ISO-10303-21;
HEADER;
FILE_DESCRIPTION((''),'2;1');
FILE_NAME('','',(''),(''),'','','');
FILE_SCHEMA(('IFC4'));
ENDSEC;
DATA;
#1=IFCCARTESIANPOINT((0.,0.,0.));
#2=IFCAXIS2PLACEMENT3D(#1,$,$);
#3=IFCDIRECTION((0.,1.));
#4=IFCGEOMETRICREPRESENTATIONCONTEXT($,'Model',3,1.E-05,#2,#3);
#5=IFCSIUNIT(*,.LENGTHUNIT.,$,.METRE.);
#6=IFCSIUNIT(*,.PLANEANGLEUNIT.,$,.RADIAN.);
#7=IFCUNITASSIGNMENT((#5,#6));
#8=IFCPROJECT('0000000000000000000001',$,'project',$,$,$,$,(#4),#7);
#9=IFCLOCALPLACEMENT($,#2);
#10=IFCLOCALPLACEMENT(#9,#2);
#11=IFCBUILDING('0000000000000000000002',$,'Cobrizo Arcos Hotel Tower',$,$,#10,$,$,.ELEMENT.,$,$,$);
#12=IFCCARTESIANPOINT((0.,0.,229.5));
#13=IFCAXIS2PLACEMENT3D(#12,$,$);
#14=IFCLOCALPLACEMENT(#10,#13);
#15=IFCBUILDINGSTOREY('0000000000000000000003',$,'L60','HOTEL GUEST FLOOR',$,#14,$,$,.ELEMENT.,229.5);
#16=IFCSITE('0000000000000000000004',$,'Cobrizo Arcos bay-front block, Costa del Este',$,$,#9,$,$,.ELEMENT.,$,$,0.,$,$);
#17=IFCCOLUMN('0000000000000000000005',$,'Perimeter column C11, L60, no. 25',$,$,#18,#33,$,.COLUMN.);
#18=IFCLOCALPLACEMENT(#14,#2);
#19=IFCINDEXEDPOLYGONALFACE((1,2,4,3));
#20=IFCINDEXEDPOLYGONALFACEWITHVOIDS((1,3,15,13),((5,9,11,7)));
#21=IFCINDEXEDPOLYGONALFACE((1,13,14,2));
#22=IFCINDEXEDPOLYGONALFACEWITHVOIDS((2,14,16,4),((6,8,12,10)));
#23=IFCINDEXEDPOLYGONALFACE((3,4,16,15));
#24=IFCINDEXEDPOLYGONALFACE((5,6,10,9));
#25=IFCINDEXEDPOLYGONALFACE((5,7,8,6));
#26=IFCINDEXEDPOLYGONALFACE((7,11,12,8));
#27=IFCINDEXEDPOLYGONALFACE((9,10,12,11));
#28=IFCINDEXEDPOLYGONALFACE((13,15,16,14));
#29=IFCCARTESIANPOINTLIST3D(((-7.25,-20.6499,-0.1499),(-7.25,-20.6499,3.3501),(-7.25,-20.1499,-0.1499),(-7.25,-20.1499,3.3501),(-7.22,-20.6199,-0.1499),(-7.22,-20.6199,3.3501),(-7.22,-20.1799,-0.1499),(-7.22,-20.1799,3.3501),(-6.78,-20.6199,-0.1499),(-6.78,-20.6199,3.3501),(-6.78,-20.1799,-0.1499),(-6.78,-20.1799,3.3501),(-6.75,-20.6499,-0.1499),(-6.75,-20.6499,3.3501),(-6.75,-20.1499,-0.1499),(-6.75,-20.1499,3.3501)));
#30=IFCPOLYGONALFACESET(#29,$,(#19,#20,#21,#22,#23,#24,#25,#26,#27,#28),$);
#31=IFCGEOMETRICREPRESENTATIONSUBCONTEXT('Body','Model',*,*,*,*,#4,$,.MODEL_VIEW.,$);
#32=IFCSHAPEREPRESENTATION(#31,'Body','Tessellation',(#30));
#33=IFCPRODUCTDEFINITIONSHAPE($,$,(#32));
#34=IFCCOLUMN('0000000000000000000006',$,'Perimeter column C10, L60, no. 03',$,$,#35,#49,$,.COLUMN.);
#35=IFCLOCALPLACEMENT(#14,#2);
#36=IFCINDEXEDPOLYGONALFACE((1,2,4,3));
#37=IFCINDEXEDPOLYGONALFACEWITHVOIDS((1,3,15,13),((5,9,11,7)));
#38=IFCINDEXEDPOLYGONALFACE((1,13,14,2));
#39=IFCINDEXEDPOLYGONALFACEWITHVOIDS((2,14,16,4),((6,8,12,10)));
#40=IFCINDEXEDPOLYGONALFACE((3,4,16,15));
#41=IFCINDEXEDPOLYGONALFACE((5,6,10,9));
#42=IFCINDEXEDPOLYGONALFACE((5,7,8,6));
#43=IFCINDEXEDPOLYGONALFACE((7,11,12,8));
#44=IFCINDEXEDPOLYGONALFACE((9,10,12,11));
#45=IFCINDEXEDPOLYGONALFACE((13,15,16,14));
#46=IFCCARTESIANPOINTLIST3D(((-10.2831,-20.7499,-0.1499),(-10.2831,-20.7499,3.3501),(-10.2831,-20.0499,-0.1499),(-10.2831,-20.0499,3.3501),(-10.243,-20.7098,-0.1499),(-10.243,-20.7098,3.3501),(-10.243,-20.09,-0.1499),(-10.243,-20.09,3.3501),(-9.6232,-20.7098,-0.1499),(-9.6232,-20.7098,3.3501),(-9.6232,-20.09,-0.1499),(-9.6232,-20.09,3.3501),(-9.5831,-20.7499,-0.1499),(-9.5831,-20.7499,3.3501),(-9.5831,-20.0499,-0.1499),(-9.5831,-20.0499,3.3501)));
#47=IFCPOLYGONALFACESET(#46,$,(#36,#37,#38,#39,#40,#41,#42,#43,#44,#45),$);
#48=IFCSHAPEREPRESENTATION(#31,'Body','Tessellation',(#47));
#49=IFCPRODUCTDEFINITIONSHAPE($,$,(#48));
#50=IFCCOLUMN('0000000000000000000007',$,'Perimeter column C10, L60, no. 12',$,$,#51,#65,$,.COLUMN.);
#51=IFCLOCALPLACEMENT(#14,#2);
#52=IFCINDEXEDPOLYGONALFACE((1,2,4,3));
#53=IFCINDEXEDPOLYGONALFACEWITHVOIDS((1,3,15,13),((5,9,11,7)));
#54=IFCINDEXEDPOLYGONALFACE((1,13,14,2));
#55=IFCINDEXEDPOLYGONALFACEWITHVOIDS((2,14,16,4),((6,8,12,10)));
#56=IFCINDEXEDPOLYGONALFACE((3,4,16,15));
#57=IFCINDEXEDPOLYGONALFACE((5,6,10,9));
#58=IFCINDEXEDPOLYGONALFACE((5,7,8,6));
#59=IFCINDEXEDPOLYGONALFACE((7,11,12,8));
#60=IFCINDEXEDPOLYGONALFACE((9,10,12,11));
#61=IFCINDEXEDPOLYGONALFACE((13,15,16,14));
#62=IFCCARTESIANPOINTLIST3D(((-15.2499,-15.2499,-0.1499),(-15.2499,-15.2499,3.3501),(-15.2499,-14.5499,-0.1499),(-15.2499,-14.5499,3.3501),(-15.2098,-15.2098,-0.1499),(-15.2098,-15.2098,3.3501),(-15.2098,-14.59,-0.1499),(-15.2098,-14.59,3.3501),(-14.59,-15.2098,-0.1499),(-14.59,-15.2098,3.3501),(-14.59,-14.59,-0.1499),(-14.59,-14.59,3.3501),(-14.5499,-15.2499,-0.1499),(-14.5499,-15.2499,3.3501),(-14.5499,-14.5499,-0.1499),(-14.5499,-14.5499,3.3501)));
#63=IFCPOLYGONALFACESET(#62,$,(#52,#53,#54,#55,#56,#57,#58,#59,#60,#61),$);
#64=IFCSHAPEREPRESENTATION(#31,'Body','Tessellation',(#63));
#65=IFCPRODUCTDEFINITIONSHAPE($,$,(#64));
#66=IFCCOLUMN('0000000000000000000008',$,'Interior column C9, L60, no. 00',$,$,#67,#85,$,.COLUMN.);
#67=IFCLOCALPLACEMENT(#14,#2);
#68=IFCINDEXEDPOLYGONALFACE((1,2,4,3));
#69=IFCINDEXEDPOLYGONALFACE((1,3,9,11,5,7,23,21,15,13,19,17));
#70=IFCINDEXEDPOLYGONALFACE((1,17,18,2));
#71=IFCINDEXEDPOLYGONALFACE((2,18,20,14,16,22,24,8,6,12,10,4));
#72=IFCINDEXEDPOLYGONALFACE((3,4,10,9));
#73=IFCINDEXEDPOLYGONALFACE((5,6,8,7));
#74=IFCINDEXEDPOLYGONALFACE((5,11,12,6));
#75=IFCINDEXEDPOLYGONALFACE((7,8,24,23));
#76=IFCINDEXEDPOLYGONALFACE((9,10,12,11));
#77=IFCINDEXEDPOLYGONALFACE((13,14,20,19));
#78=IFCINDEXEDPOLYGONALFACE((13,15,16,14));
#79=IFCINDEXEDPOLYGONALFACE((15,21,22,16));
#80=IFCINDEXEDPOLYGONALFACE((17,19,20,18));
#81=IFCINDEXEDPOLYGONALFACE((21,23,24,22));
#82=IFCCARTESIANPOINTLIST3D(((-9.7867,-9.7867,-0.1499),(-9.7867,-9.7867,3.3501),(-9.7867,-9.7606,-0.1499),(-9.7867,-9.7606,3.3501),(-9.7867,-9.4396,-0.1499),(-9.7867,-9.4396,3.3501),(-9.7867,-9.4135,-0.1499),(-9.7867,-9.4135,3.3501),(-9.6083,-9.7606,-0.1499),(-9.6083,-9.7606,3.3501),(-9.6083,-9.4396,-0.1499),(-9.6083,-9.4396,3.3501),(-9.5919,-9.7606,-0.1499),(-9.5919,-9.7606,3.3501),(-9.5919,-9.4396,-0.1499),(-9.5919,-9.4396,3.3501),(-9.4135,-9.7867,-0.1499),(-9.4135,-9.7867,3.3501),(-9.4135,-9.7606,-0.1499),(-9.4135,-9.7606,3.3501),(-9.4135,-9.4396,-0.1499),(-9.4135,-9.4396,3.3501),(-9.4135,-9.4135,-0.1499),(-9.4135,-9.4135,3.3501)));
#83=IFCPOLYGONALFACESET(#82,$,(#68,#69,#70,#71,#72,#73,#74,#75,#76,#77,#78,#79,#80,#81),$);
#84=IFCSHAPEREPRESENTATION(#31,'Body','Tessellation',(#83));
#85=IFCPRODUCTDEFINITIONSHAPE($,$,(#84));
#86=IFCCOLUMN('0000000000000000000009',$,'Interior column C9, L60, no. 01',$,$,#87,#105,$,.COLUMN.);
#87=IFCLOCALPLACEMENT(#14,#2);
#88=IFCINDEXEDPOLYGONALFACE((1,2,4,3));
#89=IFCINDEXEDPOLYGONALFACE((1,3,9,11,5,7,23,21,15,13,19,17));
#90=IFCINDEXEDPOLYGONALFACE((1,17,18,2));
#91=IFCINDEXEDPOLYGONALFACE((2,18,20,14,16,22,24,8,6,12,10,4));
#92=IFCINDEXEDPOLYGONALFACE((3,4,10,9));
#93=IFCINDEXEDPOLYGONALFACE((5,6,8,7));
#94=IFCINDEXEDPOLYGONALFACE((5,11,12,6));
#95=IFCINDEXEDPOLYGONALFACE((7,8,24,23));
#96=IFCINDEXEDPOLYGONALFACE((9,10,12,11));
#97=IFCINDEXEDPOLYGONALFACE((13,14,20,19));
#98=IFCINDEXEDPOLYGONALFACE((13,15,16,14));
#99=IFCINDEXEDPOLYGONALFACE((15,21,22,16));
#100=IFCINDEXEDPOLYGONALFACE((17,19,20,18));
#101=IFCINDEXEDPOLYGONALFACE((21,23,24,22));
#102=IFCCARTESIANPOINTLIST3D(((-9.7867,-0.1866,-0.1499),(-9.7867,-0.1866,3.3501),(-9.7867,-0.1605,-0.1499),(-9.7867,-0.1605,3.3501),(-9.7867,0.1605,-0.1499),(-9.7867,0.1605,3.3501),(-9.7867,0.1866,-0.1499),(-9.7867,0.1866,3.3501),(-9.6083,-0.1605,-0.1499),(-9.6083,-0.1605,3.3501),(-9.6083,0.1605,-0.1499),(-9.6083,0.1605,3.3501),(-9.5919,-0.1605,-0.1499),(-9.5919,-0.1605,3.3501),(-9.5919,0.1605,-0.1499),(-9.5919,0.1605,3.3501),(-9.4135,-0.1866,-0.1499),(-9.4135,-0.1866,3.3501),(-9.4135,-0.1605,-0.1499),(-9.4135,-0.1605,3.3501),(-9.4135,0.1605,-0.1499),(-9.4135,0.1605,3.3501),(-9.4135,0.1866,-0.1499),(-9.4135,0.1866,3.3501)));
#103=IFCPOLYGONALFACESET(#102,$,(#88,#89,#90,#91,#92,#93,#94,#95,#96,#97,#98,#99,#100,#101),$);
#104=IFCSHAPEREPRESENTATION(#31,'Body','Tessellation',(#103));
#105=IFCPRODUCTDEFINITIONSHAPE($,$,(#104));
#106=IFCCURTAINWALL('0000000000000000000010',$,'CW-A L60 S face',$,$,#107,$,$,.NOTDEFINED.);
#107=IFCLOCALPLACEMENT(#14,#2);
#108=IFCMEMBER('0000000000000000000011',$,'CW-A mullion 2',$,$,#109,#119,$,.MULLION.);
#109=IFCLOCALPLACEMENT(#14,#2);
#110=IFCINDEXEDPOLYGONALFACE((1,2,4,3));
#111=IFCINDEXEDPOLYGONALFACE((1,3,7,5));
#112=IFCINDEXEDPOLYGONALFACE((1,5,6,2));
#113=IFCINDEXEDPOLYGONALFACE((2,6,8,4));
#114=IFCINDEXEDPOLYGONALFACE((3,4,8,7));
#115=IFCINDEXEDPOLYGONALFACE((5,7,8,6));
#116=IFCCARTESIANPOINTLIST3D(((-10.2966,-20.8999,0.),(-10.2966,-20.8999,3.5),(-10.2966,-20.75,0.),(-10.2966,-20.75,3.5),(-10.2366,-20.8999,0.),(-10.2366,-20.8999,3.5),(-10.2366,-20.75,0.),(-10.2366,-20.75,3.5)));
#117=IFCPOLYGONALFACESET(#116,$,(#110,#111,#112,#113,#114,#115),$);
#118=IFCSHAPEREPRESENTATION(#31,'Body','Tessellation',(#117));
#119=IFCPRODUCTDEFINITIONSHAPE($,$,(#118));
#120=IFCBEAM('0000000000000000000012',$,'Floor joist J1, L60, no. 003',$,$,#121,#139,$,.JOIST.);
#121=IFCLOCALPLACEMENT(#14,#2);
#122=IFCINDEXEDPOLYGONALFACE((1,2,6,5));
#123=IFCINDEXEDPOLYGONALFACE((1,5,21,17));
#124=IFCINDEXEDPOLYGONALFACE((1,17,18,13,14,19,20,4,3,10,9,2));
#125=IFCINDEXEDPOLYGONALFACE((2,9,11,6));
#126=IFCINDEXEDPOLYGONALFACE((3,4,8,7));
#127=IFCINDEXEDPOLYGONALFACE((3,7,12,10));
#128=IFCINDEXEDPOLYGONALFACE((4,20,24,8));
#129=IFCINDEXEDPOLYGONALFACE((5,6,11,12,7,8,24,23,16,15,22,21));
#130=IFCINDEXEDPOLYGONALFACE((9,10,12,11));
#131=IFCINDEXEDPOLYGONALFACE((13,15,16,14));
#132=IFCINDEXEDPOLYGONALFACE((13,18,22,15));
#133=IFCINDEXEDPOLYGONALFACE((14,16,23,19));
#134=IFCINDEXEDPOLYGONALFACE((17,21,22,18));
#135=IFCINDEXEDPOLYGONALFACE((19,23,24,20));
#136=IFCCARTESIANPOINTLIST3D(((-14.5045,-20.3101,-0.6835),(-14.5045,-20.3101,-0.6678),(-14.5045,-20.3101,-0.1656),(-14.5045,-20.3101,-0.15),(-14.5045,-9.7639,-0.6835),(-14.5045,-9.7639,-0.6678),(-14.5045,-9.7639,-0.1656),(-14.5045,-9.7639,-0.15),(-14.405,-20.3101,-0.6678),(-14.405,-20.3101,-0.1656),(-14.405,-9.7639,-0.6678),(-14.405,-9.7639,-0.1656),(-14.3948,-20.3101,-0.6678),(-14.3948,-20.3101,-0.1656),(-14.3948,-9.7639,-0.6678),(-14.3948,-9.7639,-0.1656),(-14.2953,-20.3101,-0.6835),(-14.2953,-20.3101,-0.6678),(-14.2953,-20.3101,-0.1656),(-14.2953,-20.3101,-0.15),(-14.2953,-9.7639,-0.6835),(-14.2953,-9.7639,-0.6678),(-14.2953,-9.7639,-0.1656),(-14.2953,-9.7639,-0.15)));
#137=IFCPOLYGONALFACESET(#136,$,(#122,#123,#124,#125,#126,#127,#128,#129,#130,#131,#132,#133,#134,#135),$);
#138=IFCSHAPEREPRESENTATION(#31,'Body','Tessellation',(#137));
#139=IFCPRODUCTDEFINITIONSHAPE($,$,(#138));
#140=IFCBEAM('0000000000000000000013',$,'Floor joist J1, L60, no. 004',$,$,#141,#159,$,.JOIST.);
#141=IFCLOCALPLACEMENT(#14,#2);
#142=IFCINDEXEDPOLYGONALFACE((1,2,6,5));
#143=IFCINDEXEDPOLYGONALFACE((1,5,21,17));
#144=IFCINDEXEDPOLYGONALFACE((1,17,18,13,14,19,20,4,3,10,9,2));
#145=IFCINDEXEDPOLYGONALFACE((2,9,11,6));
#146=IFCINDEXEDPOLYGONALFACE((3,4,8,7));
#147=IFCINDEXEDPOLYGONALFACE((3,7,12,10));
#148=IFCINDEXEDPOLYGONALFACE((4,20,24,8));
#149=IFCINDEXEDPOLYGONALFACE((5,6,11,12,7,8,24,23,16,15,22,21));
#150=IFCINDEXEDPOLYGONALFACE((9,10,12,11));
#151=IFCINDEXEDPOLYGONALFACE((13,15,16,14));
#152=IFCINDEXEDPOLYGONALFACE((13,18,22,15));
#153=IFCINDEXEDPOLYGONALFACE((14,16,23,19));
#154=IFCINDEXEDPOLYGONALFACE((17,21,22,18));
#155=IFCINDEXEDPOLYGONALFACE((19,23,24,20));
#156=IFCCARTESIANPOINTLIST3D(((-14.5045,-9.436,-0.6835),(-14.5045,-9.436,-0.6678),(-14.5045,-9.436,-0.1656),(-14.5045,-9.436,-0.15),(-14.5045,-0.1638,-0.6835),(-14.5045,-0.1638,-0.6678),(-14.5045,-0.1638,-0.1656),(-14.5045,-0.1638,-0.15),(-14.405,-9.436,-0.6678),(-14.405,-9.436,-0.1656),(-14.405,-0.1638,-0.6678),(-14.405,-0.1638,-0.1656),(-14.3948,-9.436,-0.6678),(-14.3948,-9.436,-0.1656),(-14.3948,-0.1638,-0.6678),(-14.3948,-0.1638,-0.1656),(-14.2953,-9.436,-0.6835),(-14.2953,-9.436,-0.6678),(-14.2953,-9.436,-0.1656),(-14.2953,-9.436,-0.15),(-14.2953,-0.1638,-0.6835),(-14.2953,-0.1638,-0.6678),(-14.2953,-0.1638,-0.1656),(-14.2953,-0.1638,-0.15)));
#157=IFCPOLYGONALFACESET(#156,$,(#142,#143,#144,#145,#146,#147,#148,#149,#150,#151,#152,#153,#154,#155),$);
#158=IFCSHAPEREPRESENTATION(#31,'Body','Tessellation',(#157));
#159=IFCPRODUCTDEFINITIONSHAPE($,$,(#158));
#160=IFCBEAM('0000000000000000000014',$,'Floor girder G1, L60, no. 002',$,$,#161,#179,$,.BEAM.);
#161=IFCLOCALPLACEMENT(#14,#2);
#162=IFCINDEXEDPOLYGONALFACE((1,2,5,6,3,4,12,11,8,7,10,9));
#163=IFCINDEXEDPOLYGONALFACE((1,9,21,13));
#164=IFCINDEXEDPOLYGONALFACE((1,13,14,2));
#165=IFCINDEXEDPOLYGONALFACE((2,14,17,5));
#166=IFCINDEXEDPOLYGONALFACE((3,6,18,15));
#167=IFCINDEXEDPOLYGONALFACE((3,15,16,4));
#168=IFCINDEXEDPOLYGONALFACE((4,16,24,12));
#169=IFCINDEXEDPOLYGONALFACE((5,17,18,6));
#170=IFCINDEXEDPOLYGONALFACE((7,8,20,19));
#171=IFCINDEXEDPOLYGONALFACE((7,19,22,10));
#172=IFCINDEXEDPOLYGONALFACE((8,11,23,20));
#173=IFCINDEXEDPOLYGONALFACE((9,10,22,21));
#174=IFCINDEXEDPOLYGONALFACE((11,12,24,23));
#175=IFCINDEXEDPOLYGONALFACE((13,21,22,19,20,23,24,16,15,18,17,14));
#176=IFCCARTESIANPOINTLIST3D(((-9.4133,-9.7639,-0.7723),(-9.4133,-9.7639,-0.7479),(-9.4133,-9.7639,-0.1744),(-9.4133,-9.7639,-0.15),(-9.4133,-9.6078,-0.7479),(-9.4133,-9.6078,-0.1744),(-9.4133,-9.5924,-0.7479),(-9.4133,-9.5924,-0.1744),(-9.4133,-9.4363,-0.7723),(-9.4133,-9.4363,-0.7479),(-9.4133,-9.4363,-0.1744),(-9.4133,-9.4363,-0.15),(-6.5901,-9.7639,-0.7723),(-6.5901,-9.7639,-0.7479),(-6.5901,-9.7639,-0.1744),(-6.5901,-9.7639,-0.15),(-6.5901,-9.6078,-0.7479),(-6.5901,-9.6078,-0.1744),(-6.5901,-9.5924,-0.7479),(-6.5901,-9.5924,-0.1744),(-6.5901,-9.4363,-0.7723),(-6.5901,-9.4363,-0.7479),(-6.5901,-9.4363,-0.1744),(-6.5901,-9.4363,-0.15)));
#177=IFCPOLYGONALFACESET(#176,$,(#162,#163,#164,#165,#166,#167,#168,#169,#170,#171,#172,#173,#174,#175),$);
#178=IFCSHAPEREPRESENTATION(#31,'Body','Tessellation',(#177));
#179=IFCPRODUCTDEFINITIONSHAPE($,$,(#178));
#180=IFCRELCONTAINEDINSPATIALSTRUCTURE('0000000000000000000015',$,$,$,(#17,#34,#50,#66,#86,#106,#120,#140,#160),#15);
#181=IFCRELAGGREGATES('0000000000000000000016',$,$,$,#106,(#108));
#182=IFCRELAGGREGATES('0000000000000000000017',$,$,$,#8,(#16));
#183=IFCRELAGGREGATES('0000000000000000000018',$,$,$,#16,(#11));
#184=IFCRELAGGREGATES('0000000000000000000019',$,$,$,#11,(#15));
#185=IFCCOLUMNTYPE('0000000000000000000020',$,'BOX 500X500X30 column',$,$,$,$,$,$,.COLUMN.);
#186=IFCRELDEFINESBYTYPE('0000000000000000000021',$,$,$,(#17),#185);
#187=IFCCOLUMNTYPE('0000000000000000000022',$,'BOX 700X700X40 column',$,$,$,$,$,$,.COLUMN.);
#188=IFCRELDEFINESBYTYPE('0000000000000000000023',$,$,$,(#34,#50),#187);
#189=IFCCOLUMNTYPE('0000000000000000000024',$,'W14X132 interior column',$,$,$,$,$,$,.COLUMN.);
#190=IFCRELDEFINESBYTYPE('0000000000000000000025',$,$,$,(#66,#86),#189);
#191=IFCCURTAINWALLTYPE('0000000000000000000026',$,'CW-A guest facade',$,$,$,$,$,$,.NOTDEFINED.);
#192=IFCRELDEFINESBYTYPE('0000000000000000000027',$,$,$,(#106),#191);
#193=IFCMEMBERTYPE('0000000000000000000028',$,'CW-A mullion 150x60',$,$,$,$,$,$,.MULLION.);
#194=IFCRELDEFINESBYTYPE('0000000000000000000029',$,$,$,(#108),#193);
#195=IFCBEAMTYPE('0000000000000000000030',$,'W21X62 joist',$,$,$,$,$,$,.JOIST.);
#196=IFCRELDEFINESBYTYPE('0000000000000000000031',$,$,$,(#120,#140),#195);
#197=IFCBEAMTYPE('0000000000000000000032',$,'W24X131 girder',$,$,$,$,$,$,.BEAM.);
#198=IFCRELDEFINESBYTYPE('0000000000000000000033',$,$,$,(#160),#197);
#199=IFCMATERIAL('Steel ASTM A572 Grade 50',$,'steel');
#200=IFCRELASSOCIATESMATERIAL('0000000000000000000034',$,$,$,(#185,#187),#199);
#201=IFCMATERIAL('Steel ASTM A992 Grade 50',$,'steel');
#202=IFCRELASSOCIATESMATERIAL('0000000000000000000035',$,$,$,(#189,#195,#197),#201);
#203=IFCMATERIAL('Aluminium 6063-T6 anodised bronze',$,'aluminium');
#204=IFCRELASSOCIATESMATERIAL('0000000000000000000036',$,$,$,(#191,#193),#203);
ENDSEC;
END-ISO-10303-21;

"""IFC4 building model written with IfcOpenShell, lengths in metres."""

from ifc_helpers import new_model, si_unit, direction, frame, origin, origin_2d, place, context, subcontext, project, spatial, rectangle, hollow_rectangle, i_section, extrude, material, material_profile, profile_set, type_object, element, aggregate, save


model = new_model("IFC4")

# Units and contexts
model_context = context("Model", 3, precision=1e-05, world=origin(), true_north=direction((0.0, 1.0)))
body_context = subcontext(model_context, "Body", "Model", "MODEL_VIEW")
ifc_project = project(units=[si_unit("LENGTHUNIT", "METRE"), si_unit("PLANEANGLEUNIT", "RADIAN")], contexts=[model_context])

# Site, building, storey
site_placement = place(None, origin())
site = spatial("IfcSite", under=ifc_project, at=site_placement, Name="Cobrizo Arcos bay-front block, Costa del Este", CompositionType="ELEMENT", RefElevation=0.0)
building_placement = place(site_placement, origin())
building = spatial("IfcBuilding", under=site, at=building_placement, Name="Cobrizo Arcos Hotel Tower", CompositionType="ELEMENT")
storey_placement = place(building_placement, frame((0.0, 0.0, 229.5)))
storey = spatial("IfcBuildingStorey", under=building, at=storey_placement, Name="L60", Description="HOTEL GUEST FLOOR", CompositionType="ELEMENT", Elevation=229.5)

# Columns
ifc_material_1 = material(Name="Steel ASTM A572 Grade 50", Category="steel")
ifc_material_profile_1 = material_profile(ifc_material_1, hollow_rectangle(XDim=0.5, YDim=0.5, WallThickness=0.03, at=origin_2d()), Name="BOX 500X500X30")
ifc_profile_set_1 = profile_set([ifc_material_profile_1], Name="Steel ASTM A572 Grade 50")
column_type_1 = type_object("IfcColumnType", Name="BOX 500X500X30 column", PredefinedType="COLUMN", material=ifc_profile_set_1)
column_placement = place(storey_placement, frame((-7.0, -20.3999, -0.1499), z_axis=(0.0, 0.0, 1.0), x_axis=(1.0, 0.0, 0.0)))
element("IfcColumn", 1, at=column_placement, inside=storey, type_object=column_type_1, Name="Perimeter column C11, L60, no. 25", PredefinedType="COLUMN", context=body_context, shape_type="SweptSolid", body=[
    extrude(hollow_rectangle(XDim=0.5, YDim=0.5, WallThickness=0.03, at=origin_2d()), origin(), (0.0, 0.0, 1.0), 3.5),
])
ifc_material_profile_2 = material_profile(ifc_material_1, hollow_rectangle(XDim=0.7, YDim=0.7, WallThickness=0.04, at=origin_2d()), Name="BOX 700X700X40")
ifc_profile_set_2 = profile_set([ifc_material_profile_2], Name="Steel ASTM A572 Grade 50")
column_type_2 = type_object("IfcColumnType", Name="BOX 700X700X40 column", PredefinedType="COLUMN", material=ifc_profile_set_2)
for number, where, z_axis, x_axis, name in (
    (2, (-9.9331, -20.3999, -0.1499), (0.0, 0.0, 1.0), (1.0, 0.0, 0.0), "Perimeter column C10, L60, no. 03"),
    (3, (-14.8999, -14.8999, -0.1499), (0.0, 0.0, 1.0), (1.0, 0.0, 0.0), "Perimeter column C10, L60, no. 12"),
):
    element("IfcColumn", number, at=place(storey_placement, frame(where, z_axis=z_axis, x_axis=x_axis)), inside=storey, type_object=column_type_2, Name=name, PredefinedType="COLUMN", context=body_context, shape_type="SweptSolid", body=[
        extrude(hollow_rectangle(XDim=0.7, YDim=0.7, WallThickness=0.04, at=origin_2d()), origin(), (0.0, 0.0, 1.0), 3.5),
    ])
ifc_material_2 = material(Name="Steel ASTM A992 Grade 50", Category="steel")
ifc_material_profile_3 = material_profile(ifc_material_2, i_section(OverallWidth=0.3733, OverallDepth=0.3733, WebThickness=0.0164, FlangeThickness=0.0261, at=origin_2d()), Name="W14X132")
ifc_profile_set_3 = profile_set([ifc_material_profile_3], Name="Steel ASTM A992 Grade 50")
column_type_3 = type_object("IfcColumnType", Name="W14X132 interior column", PredefinedType="COLUMN", material=ifc_profile_set_3)
for number, where, z_axis, x_axis, name in (
    (4, (-9.6001, -9.6001, -0.1499), (0.0, 0.0, 1.0), (1.0, 0.0, 0.0), "Interior column C9, L60, no. 00"),
    (5, (-9.6001, 0.0, -0.1499), (0.0, 0.0, 1.0), (1.0, 0.0, 0.0), "Interior column C9, L60, no. 01"),
):
    element("IfcColumn", number, at=place(storey_placement, frame(where, z_axis=z_axis, x_axis=x_axis)), inside=storey, type_object=column_type_3, Name=name, PredefinedType="COLUMN", context=body_context, shape_type="SweptSolid", body=[
        extrude(i_section(OverallWidth=0.3733, OverallDepth=0.3733, WebThickness=0.0164, FlangeThickness=0.0261, at=origin_2d()), origin(), (0.0, 0.0, 1.0), 3.5),
    ])

# Curtain wall, member
ifc_material_3 = material(Name="Aluminium 6063-T6 anodised bronze", Category="aluminium")
curtain_wall_type = type_object("IfcCurtainWallType", Name="CW-A guest facade", PredefinedType="NOTDEFINED", material=ifc_material_3)
curtain_wall_placement = place(storey_placement, origin())
curtain_wall = element("IfcCurtainWall", 6, at=curtain_wall_placement, inside=storey, type_object=curtain_wall_type, Name="CW-A L60 S face", PredefinedType="NOTDEFINED")
ifc_material_profile_4 = material_profile(ifc_material_3, rectangle(XDim=0.1499, YDim=0.0601, at=origin_2d()), Name="CW-A mullion 150x60")
ifc_profile_set_4 = profile_set([ifc_material_profile_4], Name="Aluminium 6063-T6 anodised bronze")
member_type = type_object("IfcMemberType", Name="CW-A mullion 150x60", PredefinedType="MULLION", material=ifc_profile_set_4)
member_placement = place(storey_placement, frame((-10.2666, -20.825, 0.0), z_axis=(0.0, 0.0, 1.0), x_axis=(0.0, -1.0, 0.0)))
member = element("IfcMember", 7, at=member_placement, type_object=member_type, Name="CW-A mullion 2", PredefinedType="MULLION", context=body_context, shape_type="SweptSolid", body=[
    extrude(rectangle(XDim=0.1499, YDim=0.0601, at=origin_2d()), origin(), (0.0, 0.0, 1.0), 3.5),
])

# Beams
ifc_material_profile_5 = material_profile(ifc_material_2, i_section(OverallWidth=0.2092, OverallDepth=0.5334, WebThickness=0.0103, FlangeThickness=0.0156, at=origin_2d()), Name="W21X62")
ifc_profile_set_5 = profile_set([ifc_material_profile_5], Name="Steel ASTM A992 Grade 50")
beam_type_1 = type_object("IfcBeamType", Name="W21X62 joist", PredefinedType="JOIST", material=ifc_profile_set_5)
beam_1_placement = place(storey_placement, frame((-14.3999, -20.3101, -0.4167), z_axis=(0.0, 1.0, 0.0), x_axis=(-1.0, 0.0, 0.0)))
element("IfcBeam", 8, at=beam_1_placement, inside=storey, type_object=beam_type_1, Name="Floor joist J1, L60, no. 003", PredefinedType="JOIST", context=body_context, shape_type="SweptSolid", body=[
    extrude(i_section(OverallWidth=0.2092, OverallDepth=0.5334, WebThickness=0.0103, FlangeThickness=0.0156, at=origin_2d()), origin(), (0.0, 0.0, 1.0), 10.5461),
])
beam_2_placement = place(storey_placement, frame((-14.3999, -9.436, -0.4167), z_axis=(0.0, 1.0, 0.0), x_axis=(-1.0, 0.0, 0.0)))
element("IfcBeam", 9, at=beam_2_placement, inside=storey, type_object=beam_type_1, Name="Floor joist J1, L60, no. 004", PredefinedType="JOIST", context=body_context, shape_type="SweptSolid", body=[
    extrude(i_section(OverallWidth=0.2092, OverallDepth=0.5334, WebThickness=0.0103, FlangeThickness=0.0156, at=origin_2d()), origin(), (0.0, 0.0, 1.0), 9.2722),
])
ifc_material_profile_6 = material_profile(ifc_material_2, i_section(OverallWidth=0.3276, OverallDepth=0.6223, WebThickness=0.0154, FlangeThickness=0.0244, at=origin_2d()), Name="W24X131")
ifc_profile_set_6 = profile_set([ifc_material_profile_6], Name="Steel ASTM A992 Grade 50")
beam_type_2 = type_object("IfcBeamType", Name="W24X131 girder", PredefinedType="BEAM", material=ifc_profile_set_6)
beam_3_placement = place(storey_placement, frame((-9.4133, -9.6001, -0.4612), z_axis=(1.0, 0.0, 0.0), x_axis=(0.0, 1.0, 0.0)))
element("IfcBeam", 10, at=beam_3_placement, inside=storey, type_object=beam_type_2, Name="Floor girder G1, L60, no. 002", PredefinedType="BEAM", context=body_context, shape_type="SweptSolid", body=[
    extrude(i_section(OverallWidth=0.3276, OverallDepth=0.6223, WebThickness=0.0154, FlangeThickness=0.0244, at=origin_2d()), origin(), (0.0, 0.0, 1.0), 2.8232),
])

aggregate(curtain_wall, [member])

save(model, "model.ifc")
